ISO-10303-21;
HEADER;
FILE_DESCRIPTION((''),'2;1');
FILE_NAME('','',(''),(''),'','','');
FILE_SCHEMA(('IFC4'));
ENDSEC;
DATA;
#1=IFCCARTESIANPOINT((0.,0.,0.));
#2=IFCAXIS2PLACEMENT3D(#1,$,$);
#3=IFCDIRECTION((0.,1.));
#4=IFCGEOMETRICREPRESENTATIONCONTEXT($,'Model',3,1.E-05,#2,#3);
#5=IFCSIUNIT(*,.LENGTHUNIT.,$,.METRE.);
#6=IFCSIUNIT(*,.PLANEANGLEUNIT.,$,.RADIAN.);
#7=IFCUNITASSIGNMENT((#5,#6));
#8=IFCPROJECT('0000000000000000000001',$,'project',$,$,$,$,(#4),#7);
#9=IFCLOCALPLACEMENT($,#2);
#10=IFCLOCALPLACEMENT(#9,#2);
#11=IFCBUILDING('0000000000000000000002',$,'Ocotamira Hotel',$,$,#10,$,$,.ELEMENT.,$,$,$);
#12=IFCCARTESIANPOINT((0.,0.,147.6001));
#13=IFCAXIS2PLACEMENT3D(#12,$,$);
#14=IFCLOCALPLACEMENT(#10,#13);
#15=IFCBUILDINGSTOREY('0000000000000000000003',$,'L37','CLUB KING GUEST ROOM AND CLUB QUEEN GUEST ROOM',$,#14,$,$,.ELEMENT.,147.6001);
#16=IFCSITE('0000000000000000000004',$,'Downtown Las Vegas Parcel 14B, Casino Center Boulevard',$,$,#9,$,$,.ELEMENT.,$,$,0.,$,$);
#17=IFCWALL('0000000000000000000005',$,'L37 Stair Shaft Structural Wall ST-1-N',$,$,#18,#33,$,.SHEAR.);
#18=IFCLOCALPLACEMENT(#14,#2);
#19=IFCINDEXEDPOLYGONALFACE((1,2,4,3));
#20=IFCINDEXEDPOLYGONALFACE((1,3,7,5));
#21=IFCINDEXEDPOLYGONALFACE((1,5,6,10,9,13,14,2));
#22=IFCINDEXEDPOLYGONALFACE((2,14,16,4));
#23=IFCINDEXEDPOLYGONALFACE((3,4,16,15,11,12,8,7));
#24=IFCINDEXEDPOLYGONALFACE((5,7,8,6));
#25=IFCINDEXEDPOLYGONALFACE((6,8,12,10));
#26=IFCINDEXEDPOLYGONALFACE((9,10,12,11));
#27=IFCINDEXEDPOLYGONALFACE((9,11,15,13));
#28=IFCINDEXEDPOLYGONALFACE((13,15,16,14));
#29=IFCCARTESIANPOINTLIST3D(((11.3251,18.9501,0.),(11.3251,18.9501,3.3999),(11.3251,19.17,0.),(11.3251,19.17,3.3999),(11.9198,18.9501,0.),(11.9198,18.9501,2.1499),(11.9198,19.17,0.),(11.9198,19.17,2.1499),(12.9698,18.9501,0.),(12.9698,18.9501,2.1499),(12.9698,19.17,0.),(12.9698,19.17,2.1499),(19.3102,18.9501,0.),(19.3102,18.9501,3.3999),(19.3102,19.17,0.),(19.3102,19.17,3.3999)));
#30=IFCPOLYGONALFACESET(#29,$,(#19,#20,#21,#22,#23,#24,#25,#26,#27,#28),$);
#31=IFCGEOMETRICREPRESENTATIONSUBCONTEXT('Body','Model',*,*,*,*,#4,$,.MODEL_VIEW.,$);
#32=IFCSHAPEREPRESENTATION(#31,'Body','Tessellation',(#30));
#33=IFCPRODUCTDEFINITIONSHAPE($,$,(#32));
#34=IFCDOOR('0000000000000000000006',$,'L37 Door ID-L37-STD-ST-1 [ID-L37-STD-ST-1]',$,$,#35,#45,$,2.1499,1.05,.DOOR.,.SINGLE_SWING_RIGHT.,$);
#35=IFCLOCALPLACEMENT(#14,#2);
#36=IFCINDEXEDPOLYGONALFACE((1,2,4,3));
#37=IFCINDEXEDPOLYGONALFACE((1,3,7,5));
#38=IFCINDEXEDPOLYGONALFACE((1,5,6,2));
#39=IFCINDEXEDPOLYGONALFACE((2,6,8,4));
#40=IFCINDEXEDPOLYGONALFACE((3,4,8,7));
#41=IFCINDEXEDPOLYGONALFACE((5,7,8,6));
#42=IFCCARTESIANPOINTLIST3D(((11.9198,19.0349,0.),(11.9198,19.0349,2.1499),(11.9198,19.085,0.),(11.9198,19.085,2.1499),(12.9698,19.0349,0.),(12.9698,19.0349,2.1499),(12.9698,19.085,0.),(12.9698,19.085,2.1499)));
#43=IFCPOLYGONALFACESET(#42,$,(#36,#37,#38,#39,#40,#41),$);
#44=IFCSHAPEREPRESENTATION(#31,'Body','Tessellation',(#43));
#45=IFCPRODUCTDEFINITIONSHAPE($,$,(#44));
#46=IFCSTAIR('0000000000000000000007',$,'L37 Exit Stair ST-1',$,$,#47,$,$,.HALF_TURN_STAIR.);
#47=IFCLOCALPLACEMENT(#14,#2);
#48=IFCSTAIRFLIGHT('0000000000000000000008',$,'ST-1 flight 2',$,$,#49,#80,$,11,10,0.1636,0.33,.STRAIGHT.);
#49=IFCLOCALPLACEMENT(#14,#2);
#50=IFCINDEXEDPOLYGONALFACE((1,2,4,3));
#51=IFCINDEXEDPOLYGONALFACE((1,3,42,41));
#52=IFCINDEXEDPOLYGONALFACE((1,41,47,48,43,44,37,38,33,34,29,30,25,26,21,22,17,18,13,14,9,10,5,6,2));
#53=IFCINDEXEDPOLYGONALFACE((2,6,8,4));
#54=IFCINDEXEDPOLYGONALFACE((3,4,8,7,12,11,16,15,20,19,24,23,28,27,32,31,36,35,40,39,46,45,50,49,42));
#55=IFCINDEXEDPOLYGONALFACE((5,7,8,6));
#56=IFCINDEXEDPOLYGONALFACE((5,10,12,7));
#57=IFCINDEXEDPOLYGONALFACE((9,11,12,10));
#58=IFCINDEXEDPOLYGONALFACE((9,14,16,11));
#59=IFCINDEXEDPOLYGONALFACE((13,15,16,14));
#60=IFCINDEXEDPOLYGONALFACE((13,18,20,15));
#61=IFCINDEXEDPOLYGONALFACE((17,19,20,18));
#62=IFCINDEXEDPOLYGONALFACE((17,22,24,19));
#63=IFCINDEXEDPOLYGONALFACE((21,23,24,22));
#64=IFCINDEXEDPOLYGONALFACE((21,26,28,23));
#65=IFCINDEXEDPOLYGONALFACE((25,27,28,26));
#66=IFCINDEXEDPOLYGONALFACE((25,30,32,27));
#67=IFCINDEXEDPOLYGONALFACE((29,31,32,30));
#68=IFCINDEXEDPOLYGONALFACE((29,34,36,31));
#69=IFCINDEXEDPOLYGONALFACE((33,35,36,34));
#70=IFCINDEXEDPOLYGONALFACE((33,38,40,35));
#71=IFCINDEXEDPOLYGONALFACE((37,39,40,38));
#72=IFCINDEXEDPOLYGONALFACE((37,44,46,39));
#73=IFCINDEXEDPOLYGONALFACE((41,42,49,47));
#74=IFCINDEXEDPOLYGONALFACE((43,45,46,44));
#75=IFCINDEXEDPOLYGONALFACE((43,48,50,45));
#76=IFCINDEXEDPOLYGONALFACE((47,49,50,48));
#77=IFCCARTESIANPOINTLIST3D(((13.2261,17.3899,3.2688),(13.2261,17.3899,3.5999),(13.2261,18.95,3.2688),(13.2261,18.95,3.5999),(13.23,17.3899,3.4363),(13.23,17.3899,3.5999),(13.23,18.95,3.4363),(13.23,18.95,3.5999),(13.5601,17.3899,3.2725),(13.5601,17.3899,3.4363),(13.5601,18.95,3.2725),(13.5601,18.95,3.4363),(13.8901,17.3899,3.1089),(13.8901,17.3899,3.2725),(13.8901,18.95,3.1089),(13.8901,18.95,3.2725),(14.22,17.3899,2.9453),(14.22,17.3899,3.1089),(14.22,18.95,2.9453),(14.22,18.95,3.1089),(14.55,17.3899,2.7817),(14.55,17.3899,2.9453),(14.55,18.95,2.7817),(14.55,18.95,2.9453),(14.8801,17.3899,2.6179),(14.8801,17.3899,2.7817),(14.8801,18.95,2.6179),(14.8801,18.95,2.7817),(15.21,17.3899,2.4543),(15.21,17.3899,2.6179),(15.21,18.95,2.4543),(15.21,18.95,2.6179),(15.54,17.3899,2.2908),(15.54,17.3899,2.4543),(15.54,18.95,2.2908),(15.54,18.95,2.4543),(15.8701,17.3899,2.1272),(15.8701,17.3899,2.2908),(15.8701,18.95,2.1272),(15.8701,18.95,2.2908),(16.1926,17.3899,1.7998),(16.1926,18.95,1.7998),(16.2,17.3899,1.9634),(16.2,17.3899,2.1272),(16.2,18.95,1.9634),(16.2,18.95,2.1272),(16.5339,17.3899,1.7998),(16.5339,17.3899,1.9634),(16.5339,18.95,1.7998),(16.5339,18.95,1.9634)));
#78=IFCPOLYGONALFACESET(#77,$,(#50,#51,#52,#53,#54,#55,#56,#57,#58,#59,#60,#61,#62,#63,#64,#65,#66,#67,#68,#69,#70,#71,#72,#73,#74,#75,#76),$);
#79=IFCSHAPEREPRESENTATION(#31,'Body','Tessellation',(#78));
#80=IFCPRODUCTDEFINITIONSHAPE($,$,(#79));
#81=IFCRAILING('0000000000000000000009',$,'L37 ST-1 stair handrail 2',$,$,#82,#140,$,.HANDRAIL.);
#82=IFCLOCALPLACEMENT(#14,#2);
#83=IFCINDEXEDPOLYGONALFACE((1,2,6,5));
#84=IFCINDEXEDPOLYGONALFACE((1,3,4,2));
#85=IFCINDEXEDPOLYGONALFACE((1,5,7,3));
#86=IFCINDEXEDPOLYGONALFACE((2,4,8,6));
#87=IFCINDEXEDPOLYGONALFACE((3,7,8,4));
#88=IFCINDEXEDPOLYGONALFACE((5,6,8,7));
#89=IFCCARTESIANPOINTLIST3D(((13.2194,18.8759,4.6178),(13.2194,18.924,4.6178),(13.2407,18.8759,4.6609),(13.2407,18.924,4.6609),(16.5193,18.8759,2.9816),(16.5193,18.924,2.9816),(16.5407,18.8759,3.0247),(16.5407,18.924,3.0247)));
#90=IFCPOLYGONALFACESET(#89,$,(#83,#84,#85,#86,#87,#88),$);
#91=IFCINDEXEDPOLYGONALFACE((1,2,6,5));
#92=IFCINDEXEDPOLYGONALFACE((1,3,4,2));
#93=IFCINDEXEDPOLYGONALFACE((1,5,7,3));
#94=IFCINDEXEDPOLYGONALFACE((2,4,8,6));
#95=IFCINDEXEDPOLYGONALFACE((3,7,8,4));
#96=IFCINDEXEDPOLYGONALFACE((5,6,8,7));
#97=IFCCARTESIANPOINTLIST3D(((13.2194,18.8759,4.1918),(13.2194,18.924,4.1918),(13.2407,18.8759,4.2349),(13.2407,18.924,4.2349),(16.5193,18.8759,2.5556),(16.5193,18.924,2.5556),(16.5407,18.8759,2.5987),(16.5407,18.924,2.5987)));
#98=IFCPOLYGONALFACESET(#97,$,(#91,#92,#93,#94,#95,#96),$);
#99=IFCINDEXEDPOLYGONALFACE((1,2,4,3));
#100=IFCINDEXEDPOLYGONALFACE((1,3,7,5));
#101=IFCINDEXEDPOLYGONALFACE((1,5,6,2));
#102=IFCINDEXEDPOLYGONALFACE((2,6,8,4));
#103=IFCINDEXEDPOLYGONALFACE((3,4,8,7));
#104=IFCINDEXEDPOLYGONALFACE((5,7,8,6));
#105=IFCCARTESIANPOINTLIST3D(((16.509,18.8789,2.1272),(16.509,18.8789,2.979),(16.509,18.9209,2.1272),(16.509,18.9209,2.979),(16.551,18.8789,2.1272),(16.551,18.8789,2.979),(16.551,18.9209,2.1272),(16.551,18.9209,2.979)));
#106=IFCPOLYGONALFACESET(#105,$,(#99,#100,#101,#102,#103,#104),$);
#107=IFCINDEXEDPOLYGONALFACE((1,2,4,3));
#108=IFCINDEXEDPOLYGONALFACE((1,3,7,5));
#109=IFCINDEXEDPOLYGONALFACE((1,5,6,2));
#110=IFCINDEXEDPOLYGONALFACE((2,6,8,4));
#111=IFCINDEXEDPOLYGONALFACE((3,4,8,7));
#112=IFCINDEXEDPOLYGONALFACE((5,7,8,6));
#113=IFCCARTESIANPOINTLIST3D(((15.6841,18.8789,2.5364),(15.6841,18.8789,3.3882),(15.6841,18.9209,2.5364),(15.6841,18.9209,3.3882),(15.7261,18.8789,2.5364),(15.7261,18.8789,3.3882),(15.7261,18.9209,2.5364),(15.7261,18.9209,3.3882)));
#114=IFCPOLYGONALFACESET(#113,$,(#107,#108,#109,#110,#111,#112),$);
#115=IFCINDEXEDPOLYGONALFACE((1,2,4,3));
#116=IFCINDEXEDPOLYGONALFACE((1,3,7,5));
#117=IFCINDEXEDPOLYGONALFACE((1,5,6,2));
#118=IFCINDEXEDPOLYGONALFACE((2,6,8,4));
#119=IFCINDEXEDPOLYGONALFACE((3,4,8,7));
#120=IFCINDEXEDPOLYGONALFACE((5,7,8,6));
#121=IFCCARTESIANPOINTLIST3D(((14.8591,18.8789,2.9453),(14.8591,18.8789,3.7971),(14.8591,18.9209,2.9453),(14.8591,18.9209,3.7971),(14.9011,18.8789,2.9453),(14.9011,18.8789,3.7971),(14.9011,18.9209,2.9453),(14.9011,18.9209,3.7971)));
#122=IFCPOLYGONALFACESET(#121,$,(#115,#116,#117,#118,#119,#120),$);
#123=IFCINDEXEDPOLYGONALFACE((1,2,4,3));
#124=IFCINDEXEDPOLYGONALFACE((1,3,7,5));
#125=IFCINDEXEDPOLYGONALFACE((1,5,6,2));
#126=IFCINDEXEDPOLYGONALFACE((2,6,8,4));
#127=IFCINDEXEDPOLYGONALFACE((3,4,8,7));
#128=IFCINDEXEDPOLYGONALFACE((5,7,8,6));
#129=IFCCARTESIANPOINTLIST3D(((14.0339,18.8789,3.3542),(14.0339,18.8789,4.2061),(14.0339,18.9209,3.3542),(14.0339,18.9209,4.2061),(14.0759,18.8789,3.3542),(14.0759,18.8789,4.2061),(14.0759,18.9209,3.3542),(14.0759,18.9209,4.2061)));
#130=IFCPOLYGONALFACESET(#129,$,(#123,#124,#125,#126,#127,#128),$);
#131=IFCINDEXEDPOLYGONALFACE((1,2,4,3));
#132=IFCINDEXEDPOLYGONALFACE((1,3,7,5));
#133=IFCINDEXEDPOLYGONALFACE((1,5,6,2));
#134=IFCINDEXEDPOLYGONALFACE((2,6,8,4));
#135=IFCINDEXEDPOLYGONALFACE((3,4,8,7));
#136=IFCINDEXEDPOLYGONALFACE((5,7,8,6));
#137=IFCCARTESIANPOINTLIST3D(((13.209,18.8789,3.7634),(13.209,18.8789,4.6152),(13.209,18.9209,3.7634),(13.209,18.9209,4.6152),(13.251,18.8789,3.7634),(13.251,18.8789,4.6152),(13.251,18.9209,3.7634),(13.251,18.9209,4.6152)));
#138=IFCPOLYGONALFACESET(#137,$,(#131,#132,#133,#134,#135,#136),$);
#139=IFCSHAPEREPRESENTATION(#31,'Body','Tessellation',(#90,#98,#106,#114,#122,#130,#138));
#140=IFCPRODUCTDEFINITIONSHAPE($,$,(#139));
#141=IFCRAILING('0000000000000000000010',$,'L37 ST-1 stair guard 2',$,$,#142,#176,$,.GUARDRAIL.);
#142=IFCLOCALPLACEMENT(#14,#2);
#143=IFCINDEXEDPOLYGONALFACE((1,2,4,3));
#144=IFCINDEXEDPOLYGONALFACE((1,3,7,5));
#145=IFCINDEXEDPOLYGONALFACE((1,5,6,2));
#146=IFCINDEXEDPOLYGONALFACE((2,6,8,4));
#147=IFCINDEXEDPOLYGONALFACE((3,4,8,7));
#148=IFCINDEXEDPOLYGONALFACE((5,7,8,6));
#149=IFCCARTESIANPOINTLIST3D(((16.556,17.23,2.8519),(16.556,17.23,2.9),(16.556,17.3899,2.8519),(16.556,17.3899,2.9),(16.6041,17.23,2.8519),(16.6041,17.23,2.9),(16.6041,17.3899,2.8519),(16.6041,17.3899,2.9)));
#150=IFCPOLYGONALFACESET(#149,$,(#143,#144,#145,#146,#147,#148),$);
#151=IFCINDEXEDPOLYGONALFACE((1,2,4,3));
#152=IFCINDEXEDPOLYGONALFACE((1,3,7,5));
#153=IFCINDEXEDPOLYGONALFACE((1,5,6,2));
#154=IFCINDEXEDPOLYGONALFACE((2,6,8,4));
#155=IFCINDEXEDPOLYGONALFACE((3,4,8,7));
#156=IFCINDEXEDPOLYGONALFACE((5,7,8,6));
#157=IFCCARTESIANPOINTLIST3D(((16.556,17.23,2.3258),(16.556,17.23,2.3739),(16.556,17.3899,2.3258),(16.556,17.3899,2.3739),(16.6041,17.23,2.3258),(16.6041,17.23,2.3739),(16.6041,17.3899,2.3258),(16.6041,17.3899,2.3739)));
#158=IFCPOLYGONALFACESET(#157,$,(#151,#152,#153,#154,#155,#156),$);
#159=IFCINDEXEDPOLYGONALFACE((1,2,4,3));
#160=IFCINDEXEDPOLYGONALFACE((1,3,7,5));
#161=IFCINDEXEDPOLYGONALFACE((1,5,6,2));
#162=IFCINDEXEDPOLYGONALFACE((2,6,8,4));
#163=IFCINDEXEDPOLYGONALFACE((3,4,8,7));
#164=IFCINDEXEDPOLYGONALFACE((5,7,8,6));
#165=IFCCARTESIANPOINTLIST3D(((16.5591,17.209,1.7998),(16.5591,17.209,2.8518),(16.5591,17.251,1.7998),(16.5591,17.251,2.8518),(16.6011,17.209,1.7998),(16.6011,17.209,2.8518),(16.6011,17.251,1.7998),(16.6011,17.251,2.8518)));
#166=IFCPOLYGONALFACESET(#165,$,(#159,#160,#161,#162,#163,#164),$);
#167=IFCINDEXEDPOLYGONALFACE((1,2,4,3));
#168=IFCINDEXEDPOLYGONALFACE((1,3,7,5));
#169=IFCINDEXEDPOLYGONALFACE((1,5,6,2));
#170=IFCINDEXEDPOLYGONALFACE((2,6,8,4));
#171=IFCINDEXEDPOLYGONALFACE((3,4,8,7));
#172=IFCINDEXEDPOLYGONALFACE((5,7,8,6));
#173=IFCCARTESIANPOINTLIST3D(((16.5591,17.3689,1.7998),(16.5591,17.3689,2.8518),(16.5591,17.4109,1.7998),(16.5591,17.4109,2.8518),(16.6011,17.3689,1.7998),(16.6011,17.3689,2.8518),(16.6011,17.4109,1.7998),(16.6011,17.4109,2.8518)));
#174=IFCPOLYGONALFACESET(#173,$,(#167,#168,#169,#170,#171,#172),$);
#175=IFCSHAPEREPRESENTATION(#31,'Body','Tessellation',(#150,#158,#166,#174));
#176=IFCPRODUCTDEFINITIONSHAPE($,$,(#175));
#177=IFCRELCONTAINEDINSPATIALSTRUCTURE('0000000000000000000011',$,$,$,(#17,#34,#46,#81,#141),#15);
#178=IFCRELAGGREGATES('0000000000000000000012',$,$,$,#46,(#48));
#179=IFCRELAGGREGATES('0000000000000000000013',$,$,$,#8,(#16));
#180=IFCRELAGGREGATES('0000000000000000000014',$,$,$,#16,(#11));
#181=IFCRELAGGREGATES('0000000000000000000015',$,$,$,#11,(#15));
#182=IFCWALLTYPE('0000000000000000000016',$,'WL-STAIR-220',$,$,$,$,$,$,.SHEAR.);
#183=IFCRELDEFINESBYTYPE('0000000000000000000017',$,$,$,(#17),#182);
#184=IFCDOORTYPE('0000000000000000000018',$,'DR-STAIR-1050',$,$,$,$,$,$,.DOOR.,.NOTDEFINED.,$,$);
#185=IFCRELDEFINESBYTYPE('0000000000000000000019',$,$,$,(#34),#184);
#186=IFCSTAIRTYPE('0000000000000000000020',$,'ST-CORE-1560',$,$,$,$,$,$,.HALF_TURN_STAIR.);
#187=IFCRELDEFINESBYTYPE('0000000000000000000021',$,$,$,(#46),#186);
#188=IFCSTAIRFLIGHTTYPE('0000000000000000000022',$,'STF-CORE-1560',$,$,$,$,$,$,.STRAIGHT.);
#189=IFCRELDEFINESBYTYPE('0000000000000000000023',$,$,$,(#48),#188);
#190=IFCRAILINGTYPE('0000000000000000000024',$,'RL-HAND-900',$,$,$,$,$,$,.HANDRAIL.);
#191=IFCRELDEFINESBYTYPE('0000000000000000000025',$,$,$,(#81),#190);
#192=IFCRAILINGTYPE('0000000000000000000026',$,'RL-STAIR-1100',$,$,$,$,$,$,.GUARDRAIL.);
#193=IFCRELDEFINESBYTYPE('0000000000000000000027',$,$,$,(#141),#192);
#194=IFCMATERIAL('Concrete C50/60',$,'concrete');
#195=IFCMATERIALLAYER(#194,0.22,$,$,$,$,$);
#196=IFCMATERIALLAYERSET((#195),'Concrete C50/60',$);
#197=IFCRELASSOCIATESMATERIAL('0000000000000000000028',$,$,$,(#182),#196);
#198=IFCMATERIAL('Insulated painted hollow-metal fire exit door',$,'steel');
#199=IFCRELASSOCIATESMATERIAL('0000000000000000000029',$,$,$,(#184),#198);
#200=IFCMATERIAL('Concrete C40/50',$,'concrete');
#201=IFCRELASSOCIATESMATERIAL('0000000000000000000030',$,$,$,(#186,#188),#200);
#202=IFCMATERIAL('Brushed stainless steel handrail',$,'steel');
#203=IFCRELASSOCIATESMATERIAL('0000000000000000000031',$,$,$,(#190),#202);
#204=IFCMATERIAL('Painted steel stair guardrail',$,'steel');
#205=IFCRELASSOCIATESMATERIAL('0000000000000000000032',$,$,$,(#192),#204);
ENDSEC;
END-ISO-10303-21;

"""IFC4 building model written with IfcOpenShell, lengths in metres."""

from ifc_helpers import new_model, si_unit, direction, frame, frame_2d, origin, origin_2d, place, context, subcontext, project, spatial, polyline, rectangle, outline, extrude, source, transform, mapped, material, layer, layer_set, type_object, element, fill, aggregate, save


model = new_model("IFC4")

# Units and contexts
model_context = context("Model", 3, precision=1e-05, world=origin(), true_north=direction((0.0, 1.0)))
body_context = subcontext(model_context, "Body", "Model", "MODEL_VIEW")
ifc_project = project(units=[si_unit("LENGTHUNIT", "METRE"), si_unit("PLANEANGLEUNIT", "RADIAN")], contexts=[model_context])

# Site, building, storey
site_placement = place(None, origin())
site = spatial("IfcSite", under=ifc_project, at=site_placement, Name="Downtown Las Vegas Parcel 14B, Casino Center Boulevard", CompositionType="ELEMENT", RefElevation=0.0)
building_placement = place(site_placement, origin())
building = spatial("IfcBuilding", under=site, at=building_placement, Name="Ocotamira Hotel", CompositionType="ELEMENT")
storey_placement = place(building_placement, frame((0.0, 0.0, 147.6001)))
storey = spatial("IfcBuildingStorey", under=building, at=storey_placement, Name="L37", Description="CLUB KING GUEST ROOM AND CLUB QUEEN GUEST ROOM", CompositionType="ELEMENT", Elevation=147.6001)

# Wall, opening, door
ifc_material_1 = material(Name="Concrete C50/60", Category="concrete")
ifc_layer_1 = layer(ifc_material_1, 0.22)
ifc_layer_set_1 = layer_set([ifc_layer_1], Name="Concrete C50/60")
wall_type_1 = type_object("IfcWallType", Name="WL-STAIR-220", PredefinedType="SHEAR", material=ifc_layer_set_1)
wall_1_placement = place(storey_placement, frame((11.325, 19.0601, 0.0), z_axis=(0.0, 0.0, 1.0), x_axis=(1.0, 0.0, 0.0)))
wall_1 = element("IfcWall", 1, at=wall_1_placement, inside=storey, type_object=wall_type_1, Name="L37 Stair Shaft Structural Wall ST-1-N", PredefinedType="SHEAR", context=body_context, shape_type="SweptSolid", body=[
    extrude(rectangle(XDim=7.9851, YDim=0.22, at=frame_2d((3.9927, 0.0))), origin(), (0.0, 0.0, 1.0), 3.3999),
])
opening_1_placement = place(wall_1_placement, frame((0.595, 0.0, 0.0)))
opening_1 = element("IfcOpeningElement", 2, at=opening_1_placement, cuts=wall_1, PredefinedType="OPENING", context=body_context, shape_type="SweptSolid", body=[
    extrude(rectangle(XDim=1.05, YDim=2.1499, at=frame_2d((0.5249, 1.075))), frame((0.0, 0.1201, 0.0), z_axis=(0.0, -1.0, 0.0), x_axis=(1.0, 0.0, 0.0)), (0.0, 0.0, 1.0), 0.24),
])
ifc_material_2 = material(Name="Insulated painted hollow-metal fire exit door", Category="steel")
door_type_1 = type_object("IfcDoorType", Name="DR-STAIR-1050", OperationType="NOTDEFINED", PredefinedType="DOOR", material=ifc_material_2)
shared_shape_1 = source(origin(), body_context, "Body", "SweptSolid", [
    extrude(rectangle(XDim=1.05, YDim=2.1499, at=frame_2d((0.5249, 1.075))), frame((0.0, 0.0249, 0.0), z_axis=(0.0, -1.0, 0.0), x_axis=(1.0, 0.0, 0.0)), (0.0, 0.0, 1.0), 0.05),
])
door_1_placement = place(opening_1_placement, origin())
door_1 = element("IfcDoor", 3, at=door_1_placement, inside=storey, type_object=door_type_1, Name="L37 Door ID-L37-STD-ST-1 [ID-L37-STD-ST-1]", OperationType="SINGLE_SWING_RIGHT", OverallHeight=2.1499, OverallWidth=1.05, PredefinedType="DOOR", context=body_context, shape_type="MappedRepresentation", body=[
    mapped(shared_shape_1, transform((0.0, 0.0, 0.0), scale=1.0)),
])
fill(opening_1, door_1)

# Stair, stair flight
ifc_material_3 = material(Name="Concrete C40/50", Category="concrete")
stair_type = type_object("IfcStairType", Name="ST-CORE-1560", PredefinedType="HALF_TURN_STAIR", material=ifc_material_3)
stair_placement = place(storey_placement, origin())
stair = element("IfcStair", 4, at=stair_placement, inside=storey, type_object=stair_type, Name="L37 Exit Stair ST-1", PredefinedType="HALF_TURN_STAIR")
stair_flight_type = type_object("IfcStairFlightType", Name="STF-CORE-1560", PredefinedType="STRAIGHT", material=ifc_material_3)
shared_shape_2 = source(origin(), body_context, "Body", "SweptSolid", [
    extrude(outline(polyline([(-0.0039, 0.0), (-0.0039, 0.1636), (0.3301, 0.1636), (0.3301, 0.3274), (0.6599, 0.3274), (0.6599, 0.491), (0.99, 0.491), (0.99, 0.6545), (1.3201, 0.6545), (1.3201, 0.8181), (1.6499, 0.8181), (1.6499, 0.9819), (1.98, 0.9819), (1.98, 1.1455), (2.3101, 1.1455), (2.3101, 1.3091), (2.6399, 1.3091), (2.6399, 1.4727), (2.97, 1.4727), (2.97, 1.6365), (3.3, 1.6365), (3.3, 1.8), (3.304, 1.8), (3.304, 1.469), (0.3374, 0.0), (-0.0039, 0.0)])), frame((0.0, 0.78, 0.0), z_axis=(0.0, -1.0, 0.0), x_axis=(1.0, 0.0, 0.0)), (0.0, 0.0, 1.0), 1.5601),
])
stair_flight_placement = place(storey_placement, frame((16.53, 18.1699, 1.7998), z_axis=(0.0, 0.0, 1.0), x_axis=(-1.0, 0.0, 0.0)))
stair_flight = element("IfcStairFlight", 5, at=stair_flight_placement, type_object=stair_flight_type, Name="ST-1 flight 2", NumberOfRisers=11, NumberOfTreads=10, PredefinedType="STRAIGHT", RiserHeight=0.1636, TreadLength=0.33, context=body_context, shape_type="MappedRepresentation", body=[
    mapped(shared_shape_2, transform((0.0, 0.0, 0.0), scale=1.0)),
])
aggregate(stair, [stair_flight])

# Railings
ifc_material_4 = material(Name="Brushed stainless steel handrail", Category="steel")
railing_type_1 = type_object("IfcRailingType", Name="RL-HAND-900", PredefinedType="HANDRAIL", material=ifc_material_4)
railing_1_placement = place(storey_placement, frame((16.53, 18.8999, 2.1272)))
element("IfcRailing", 6, at=railing_1_placement, inside=storey, type_object=railing_type_1, Name="L37 ST-1 stair handrail 2", PredefinedType="HANDRAIL", context=body_context, shape_type="SweptSolid", body=[
    extrude(rectangle(XDim=0.0481, YDim=0.0481, at=origin_2d()), frame((0.0, 0.0, 0.876), z_axis=(-0.89592, 0.0, 0.444215), x_axis=(0.0, -1.0, 0.0)), (0.0, 0.0, 1.0), 3.6833),
    extrude(rectangle(XDim=0.0481, YDim=0.0481, at=origin_2d()), frame((0.0, 0.0, 0.45), z_axis=(-0.89592, 0.0, 0.444215), x_axis=(0.0, -1.0, 0.0)), (0.0, 0.0, 1.0), 3.6833),
    extrude(rectangle(XDim=0.042, YDim=0.042, at=origin_2d()), origin(), (0.0, 0.0, 1.0), 0.8518),
    extrude(rectangle(XDim=0.042, YDim=0.042, at=origin_2d()), frame((-0.825, 0.0, 0.4092)), (0.0, 0.0, 1.0), 0.8518),
    extrude(rectangle(XDim=0.042, YDim=0.042, at=origin_2d()), frame((-1.6499, 0.0, 0.8181)), (0.0, 0.0, 1.0), 0.8518),
    extrude(rectangle(XDim=0.042, YDim=0.042, at=origin_2d()), frame((-2.4751, 0.0, 1.2271)), (0.0, 0.0, 1.0), 0.8518),
    extrude(rectangle(XDim=0.042, YDim=0.042, at=origin_2d()), frame((-3.3, 0.0, 1.6362)), (0.0, 0.0, 1.0), 0.8518),
])
ifc_material_5 = material(Name="Painted steel stair guardrail", Category="steel")
railing_type_2 = type_object("IfcRailingType", Name="RL-STAIR-1100", PredefinedType="GUARDRAIL", material=ifc_material_5)
railing_2_placement = place(storey_placement, frame((16.5801, 17.23, 1.7998)))
element("IfcRailing", 7, at=railing_2_placement, inside=storey, type_object=railing_type_2, Name="L37 ST-1 stair guard 2", PredefinedType="GUARDRAIL", context=body_context, shape_type="SweptSolid", body=[
    extrude(rectangle(XDim=0.0481, YDim=0.0481, at=origin_2d()), frame((0.0, 0.0, 1.0762), z_axis=(0.0, 1.0, 0.0), x_axis=(-1.0, 0.0, 0.0)), (0.0, 0.0, 1.0), 0.1599),
    extrude(rectangle(XDim=0.0481, YDim=0.0481, at=origin_2d()), frame((0.0, 0.0, 0.55), z_axis=(0.0, 1.0, 0.0), x_axis=(-1.0, 0.0, 0.0)), (0.0, 0.0, 1.0), 0.1599),
    extrude(rectangle(XDim=0.042, YDim=0.042, at=origin_2d()), origin(), (0.0, 0.0, 1.0), 1.052),
    extrude(rectangle(XDim=0.042, YDim=0.042, at=origin_2d()), frame((0.0, 0.1599, 0.0)), (0.0, 0.0, 1.0), 1.052),
])

save(model, "model.ifc")
